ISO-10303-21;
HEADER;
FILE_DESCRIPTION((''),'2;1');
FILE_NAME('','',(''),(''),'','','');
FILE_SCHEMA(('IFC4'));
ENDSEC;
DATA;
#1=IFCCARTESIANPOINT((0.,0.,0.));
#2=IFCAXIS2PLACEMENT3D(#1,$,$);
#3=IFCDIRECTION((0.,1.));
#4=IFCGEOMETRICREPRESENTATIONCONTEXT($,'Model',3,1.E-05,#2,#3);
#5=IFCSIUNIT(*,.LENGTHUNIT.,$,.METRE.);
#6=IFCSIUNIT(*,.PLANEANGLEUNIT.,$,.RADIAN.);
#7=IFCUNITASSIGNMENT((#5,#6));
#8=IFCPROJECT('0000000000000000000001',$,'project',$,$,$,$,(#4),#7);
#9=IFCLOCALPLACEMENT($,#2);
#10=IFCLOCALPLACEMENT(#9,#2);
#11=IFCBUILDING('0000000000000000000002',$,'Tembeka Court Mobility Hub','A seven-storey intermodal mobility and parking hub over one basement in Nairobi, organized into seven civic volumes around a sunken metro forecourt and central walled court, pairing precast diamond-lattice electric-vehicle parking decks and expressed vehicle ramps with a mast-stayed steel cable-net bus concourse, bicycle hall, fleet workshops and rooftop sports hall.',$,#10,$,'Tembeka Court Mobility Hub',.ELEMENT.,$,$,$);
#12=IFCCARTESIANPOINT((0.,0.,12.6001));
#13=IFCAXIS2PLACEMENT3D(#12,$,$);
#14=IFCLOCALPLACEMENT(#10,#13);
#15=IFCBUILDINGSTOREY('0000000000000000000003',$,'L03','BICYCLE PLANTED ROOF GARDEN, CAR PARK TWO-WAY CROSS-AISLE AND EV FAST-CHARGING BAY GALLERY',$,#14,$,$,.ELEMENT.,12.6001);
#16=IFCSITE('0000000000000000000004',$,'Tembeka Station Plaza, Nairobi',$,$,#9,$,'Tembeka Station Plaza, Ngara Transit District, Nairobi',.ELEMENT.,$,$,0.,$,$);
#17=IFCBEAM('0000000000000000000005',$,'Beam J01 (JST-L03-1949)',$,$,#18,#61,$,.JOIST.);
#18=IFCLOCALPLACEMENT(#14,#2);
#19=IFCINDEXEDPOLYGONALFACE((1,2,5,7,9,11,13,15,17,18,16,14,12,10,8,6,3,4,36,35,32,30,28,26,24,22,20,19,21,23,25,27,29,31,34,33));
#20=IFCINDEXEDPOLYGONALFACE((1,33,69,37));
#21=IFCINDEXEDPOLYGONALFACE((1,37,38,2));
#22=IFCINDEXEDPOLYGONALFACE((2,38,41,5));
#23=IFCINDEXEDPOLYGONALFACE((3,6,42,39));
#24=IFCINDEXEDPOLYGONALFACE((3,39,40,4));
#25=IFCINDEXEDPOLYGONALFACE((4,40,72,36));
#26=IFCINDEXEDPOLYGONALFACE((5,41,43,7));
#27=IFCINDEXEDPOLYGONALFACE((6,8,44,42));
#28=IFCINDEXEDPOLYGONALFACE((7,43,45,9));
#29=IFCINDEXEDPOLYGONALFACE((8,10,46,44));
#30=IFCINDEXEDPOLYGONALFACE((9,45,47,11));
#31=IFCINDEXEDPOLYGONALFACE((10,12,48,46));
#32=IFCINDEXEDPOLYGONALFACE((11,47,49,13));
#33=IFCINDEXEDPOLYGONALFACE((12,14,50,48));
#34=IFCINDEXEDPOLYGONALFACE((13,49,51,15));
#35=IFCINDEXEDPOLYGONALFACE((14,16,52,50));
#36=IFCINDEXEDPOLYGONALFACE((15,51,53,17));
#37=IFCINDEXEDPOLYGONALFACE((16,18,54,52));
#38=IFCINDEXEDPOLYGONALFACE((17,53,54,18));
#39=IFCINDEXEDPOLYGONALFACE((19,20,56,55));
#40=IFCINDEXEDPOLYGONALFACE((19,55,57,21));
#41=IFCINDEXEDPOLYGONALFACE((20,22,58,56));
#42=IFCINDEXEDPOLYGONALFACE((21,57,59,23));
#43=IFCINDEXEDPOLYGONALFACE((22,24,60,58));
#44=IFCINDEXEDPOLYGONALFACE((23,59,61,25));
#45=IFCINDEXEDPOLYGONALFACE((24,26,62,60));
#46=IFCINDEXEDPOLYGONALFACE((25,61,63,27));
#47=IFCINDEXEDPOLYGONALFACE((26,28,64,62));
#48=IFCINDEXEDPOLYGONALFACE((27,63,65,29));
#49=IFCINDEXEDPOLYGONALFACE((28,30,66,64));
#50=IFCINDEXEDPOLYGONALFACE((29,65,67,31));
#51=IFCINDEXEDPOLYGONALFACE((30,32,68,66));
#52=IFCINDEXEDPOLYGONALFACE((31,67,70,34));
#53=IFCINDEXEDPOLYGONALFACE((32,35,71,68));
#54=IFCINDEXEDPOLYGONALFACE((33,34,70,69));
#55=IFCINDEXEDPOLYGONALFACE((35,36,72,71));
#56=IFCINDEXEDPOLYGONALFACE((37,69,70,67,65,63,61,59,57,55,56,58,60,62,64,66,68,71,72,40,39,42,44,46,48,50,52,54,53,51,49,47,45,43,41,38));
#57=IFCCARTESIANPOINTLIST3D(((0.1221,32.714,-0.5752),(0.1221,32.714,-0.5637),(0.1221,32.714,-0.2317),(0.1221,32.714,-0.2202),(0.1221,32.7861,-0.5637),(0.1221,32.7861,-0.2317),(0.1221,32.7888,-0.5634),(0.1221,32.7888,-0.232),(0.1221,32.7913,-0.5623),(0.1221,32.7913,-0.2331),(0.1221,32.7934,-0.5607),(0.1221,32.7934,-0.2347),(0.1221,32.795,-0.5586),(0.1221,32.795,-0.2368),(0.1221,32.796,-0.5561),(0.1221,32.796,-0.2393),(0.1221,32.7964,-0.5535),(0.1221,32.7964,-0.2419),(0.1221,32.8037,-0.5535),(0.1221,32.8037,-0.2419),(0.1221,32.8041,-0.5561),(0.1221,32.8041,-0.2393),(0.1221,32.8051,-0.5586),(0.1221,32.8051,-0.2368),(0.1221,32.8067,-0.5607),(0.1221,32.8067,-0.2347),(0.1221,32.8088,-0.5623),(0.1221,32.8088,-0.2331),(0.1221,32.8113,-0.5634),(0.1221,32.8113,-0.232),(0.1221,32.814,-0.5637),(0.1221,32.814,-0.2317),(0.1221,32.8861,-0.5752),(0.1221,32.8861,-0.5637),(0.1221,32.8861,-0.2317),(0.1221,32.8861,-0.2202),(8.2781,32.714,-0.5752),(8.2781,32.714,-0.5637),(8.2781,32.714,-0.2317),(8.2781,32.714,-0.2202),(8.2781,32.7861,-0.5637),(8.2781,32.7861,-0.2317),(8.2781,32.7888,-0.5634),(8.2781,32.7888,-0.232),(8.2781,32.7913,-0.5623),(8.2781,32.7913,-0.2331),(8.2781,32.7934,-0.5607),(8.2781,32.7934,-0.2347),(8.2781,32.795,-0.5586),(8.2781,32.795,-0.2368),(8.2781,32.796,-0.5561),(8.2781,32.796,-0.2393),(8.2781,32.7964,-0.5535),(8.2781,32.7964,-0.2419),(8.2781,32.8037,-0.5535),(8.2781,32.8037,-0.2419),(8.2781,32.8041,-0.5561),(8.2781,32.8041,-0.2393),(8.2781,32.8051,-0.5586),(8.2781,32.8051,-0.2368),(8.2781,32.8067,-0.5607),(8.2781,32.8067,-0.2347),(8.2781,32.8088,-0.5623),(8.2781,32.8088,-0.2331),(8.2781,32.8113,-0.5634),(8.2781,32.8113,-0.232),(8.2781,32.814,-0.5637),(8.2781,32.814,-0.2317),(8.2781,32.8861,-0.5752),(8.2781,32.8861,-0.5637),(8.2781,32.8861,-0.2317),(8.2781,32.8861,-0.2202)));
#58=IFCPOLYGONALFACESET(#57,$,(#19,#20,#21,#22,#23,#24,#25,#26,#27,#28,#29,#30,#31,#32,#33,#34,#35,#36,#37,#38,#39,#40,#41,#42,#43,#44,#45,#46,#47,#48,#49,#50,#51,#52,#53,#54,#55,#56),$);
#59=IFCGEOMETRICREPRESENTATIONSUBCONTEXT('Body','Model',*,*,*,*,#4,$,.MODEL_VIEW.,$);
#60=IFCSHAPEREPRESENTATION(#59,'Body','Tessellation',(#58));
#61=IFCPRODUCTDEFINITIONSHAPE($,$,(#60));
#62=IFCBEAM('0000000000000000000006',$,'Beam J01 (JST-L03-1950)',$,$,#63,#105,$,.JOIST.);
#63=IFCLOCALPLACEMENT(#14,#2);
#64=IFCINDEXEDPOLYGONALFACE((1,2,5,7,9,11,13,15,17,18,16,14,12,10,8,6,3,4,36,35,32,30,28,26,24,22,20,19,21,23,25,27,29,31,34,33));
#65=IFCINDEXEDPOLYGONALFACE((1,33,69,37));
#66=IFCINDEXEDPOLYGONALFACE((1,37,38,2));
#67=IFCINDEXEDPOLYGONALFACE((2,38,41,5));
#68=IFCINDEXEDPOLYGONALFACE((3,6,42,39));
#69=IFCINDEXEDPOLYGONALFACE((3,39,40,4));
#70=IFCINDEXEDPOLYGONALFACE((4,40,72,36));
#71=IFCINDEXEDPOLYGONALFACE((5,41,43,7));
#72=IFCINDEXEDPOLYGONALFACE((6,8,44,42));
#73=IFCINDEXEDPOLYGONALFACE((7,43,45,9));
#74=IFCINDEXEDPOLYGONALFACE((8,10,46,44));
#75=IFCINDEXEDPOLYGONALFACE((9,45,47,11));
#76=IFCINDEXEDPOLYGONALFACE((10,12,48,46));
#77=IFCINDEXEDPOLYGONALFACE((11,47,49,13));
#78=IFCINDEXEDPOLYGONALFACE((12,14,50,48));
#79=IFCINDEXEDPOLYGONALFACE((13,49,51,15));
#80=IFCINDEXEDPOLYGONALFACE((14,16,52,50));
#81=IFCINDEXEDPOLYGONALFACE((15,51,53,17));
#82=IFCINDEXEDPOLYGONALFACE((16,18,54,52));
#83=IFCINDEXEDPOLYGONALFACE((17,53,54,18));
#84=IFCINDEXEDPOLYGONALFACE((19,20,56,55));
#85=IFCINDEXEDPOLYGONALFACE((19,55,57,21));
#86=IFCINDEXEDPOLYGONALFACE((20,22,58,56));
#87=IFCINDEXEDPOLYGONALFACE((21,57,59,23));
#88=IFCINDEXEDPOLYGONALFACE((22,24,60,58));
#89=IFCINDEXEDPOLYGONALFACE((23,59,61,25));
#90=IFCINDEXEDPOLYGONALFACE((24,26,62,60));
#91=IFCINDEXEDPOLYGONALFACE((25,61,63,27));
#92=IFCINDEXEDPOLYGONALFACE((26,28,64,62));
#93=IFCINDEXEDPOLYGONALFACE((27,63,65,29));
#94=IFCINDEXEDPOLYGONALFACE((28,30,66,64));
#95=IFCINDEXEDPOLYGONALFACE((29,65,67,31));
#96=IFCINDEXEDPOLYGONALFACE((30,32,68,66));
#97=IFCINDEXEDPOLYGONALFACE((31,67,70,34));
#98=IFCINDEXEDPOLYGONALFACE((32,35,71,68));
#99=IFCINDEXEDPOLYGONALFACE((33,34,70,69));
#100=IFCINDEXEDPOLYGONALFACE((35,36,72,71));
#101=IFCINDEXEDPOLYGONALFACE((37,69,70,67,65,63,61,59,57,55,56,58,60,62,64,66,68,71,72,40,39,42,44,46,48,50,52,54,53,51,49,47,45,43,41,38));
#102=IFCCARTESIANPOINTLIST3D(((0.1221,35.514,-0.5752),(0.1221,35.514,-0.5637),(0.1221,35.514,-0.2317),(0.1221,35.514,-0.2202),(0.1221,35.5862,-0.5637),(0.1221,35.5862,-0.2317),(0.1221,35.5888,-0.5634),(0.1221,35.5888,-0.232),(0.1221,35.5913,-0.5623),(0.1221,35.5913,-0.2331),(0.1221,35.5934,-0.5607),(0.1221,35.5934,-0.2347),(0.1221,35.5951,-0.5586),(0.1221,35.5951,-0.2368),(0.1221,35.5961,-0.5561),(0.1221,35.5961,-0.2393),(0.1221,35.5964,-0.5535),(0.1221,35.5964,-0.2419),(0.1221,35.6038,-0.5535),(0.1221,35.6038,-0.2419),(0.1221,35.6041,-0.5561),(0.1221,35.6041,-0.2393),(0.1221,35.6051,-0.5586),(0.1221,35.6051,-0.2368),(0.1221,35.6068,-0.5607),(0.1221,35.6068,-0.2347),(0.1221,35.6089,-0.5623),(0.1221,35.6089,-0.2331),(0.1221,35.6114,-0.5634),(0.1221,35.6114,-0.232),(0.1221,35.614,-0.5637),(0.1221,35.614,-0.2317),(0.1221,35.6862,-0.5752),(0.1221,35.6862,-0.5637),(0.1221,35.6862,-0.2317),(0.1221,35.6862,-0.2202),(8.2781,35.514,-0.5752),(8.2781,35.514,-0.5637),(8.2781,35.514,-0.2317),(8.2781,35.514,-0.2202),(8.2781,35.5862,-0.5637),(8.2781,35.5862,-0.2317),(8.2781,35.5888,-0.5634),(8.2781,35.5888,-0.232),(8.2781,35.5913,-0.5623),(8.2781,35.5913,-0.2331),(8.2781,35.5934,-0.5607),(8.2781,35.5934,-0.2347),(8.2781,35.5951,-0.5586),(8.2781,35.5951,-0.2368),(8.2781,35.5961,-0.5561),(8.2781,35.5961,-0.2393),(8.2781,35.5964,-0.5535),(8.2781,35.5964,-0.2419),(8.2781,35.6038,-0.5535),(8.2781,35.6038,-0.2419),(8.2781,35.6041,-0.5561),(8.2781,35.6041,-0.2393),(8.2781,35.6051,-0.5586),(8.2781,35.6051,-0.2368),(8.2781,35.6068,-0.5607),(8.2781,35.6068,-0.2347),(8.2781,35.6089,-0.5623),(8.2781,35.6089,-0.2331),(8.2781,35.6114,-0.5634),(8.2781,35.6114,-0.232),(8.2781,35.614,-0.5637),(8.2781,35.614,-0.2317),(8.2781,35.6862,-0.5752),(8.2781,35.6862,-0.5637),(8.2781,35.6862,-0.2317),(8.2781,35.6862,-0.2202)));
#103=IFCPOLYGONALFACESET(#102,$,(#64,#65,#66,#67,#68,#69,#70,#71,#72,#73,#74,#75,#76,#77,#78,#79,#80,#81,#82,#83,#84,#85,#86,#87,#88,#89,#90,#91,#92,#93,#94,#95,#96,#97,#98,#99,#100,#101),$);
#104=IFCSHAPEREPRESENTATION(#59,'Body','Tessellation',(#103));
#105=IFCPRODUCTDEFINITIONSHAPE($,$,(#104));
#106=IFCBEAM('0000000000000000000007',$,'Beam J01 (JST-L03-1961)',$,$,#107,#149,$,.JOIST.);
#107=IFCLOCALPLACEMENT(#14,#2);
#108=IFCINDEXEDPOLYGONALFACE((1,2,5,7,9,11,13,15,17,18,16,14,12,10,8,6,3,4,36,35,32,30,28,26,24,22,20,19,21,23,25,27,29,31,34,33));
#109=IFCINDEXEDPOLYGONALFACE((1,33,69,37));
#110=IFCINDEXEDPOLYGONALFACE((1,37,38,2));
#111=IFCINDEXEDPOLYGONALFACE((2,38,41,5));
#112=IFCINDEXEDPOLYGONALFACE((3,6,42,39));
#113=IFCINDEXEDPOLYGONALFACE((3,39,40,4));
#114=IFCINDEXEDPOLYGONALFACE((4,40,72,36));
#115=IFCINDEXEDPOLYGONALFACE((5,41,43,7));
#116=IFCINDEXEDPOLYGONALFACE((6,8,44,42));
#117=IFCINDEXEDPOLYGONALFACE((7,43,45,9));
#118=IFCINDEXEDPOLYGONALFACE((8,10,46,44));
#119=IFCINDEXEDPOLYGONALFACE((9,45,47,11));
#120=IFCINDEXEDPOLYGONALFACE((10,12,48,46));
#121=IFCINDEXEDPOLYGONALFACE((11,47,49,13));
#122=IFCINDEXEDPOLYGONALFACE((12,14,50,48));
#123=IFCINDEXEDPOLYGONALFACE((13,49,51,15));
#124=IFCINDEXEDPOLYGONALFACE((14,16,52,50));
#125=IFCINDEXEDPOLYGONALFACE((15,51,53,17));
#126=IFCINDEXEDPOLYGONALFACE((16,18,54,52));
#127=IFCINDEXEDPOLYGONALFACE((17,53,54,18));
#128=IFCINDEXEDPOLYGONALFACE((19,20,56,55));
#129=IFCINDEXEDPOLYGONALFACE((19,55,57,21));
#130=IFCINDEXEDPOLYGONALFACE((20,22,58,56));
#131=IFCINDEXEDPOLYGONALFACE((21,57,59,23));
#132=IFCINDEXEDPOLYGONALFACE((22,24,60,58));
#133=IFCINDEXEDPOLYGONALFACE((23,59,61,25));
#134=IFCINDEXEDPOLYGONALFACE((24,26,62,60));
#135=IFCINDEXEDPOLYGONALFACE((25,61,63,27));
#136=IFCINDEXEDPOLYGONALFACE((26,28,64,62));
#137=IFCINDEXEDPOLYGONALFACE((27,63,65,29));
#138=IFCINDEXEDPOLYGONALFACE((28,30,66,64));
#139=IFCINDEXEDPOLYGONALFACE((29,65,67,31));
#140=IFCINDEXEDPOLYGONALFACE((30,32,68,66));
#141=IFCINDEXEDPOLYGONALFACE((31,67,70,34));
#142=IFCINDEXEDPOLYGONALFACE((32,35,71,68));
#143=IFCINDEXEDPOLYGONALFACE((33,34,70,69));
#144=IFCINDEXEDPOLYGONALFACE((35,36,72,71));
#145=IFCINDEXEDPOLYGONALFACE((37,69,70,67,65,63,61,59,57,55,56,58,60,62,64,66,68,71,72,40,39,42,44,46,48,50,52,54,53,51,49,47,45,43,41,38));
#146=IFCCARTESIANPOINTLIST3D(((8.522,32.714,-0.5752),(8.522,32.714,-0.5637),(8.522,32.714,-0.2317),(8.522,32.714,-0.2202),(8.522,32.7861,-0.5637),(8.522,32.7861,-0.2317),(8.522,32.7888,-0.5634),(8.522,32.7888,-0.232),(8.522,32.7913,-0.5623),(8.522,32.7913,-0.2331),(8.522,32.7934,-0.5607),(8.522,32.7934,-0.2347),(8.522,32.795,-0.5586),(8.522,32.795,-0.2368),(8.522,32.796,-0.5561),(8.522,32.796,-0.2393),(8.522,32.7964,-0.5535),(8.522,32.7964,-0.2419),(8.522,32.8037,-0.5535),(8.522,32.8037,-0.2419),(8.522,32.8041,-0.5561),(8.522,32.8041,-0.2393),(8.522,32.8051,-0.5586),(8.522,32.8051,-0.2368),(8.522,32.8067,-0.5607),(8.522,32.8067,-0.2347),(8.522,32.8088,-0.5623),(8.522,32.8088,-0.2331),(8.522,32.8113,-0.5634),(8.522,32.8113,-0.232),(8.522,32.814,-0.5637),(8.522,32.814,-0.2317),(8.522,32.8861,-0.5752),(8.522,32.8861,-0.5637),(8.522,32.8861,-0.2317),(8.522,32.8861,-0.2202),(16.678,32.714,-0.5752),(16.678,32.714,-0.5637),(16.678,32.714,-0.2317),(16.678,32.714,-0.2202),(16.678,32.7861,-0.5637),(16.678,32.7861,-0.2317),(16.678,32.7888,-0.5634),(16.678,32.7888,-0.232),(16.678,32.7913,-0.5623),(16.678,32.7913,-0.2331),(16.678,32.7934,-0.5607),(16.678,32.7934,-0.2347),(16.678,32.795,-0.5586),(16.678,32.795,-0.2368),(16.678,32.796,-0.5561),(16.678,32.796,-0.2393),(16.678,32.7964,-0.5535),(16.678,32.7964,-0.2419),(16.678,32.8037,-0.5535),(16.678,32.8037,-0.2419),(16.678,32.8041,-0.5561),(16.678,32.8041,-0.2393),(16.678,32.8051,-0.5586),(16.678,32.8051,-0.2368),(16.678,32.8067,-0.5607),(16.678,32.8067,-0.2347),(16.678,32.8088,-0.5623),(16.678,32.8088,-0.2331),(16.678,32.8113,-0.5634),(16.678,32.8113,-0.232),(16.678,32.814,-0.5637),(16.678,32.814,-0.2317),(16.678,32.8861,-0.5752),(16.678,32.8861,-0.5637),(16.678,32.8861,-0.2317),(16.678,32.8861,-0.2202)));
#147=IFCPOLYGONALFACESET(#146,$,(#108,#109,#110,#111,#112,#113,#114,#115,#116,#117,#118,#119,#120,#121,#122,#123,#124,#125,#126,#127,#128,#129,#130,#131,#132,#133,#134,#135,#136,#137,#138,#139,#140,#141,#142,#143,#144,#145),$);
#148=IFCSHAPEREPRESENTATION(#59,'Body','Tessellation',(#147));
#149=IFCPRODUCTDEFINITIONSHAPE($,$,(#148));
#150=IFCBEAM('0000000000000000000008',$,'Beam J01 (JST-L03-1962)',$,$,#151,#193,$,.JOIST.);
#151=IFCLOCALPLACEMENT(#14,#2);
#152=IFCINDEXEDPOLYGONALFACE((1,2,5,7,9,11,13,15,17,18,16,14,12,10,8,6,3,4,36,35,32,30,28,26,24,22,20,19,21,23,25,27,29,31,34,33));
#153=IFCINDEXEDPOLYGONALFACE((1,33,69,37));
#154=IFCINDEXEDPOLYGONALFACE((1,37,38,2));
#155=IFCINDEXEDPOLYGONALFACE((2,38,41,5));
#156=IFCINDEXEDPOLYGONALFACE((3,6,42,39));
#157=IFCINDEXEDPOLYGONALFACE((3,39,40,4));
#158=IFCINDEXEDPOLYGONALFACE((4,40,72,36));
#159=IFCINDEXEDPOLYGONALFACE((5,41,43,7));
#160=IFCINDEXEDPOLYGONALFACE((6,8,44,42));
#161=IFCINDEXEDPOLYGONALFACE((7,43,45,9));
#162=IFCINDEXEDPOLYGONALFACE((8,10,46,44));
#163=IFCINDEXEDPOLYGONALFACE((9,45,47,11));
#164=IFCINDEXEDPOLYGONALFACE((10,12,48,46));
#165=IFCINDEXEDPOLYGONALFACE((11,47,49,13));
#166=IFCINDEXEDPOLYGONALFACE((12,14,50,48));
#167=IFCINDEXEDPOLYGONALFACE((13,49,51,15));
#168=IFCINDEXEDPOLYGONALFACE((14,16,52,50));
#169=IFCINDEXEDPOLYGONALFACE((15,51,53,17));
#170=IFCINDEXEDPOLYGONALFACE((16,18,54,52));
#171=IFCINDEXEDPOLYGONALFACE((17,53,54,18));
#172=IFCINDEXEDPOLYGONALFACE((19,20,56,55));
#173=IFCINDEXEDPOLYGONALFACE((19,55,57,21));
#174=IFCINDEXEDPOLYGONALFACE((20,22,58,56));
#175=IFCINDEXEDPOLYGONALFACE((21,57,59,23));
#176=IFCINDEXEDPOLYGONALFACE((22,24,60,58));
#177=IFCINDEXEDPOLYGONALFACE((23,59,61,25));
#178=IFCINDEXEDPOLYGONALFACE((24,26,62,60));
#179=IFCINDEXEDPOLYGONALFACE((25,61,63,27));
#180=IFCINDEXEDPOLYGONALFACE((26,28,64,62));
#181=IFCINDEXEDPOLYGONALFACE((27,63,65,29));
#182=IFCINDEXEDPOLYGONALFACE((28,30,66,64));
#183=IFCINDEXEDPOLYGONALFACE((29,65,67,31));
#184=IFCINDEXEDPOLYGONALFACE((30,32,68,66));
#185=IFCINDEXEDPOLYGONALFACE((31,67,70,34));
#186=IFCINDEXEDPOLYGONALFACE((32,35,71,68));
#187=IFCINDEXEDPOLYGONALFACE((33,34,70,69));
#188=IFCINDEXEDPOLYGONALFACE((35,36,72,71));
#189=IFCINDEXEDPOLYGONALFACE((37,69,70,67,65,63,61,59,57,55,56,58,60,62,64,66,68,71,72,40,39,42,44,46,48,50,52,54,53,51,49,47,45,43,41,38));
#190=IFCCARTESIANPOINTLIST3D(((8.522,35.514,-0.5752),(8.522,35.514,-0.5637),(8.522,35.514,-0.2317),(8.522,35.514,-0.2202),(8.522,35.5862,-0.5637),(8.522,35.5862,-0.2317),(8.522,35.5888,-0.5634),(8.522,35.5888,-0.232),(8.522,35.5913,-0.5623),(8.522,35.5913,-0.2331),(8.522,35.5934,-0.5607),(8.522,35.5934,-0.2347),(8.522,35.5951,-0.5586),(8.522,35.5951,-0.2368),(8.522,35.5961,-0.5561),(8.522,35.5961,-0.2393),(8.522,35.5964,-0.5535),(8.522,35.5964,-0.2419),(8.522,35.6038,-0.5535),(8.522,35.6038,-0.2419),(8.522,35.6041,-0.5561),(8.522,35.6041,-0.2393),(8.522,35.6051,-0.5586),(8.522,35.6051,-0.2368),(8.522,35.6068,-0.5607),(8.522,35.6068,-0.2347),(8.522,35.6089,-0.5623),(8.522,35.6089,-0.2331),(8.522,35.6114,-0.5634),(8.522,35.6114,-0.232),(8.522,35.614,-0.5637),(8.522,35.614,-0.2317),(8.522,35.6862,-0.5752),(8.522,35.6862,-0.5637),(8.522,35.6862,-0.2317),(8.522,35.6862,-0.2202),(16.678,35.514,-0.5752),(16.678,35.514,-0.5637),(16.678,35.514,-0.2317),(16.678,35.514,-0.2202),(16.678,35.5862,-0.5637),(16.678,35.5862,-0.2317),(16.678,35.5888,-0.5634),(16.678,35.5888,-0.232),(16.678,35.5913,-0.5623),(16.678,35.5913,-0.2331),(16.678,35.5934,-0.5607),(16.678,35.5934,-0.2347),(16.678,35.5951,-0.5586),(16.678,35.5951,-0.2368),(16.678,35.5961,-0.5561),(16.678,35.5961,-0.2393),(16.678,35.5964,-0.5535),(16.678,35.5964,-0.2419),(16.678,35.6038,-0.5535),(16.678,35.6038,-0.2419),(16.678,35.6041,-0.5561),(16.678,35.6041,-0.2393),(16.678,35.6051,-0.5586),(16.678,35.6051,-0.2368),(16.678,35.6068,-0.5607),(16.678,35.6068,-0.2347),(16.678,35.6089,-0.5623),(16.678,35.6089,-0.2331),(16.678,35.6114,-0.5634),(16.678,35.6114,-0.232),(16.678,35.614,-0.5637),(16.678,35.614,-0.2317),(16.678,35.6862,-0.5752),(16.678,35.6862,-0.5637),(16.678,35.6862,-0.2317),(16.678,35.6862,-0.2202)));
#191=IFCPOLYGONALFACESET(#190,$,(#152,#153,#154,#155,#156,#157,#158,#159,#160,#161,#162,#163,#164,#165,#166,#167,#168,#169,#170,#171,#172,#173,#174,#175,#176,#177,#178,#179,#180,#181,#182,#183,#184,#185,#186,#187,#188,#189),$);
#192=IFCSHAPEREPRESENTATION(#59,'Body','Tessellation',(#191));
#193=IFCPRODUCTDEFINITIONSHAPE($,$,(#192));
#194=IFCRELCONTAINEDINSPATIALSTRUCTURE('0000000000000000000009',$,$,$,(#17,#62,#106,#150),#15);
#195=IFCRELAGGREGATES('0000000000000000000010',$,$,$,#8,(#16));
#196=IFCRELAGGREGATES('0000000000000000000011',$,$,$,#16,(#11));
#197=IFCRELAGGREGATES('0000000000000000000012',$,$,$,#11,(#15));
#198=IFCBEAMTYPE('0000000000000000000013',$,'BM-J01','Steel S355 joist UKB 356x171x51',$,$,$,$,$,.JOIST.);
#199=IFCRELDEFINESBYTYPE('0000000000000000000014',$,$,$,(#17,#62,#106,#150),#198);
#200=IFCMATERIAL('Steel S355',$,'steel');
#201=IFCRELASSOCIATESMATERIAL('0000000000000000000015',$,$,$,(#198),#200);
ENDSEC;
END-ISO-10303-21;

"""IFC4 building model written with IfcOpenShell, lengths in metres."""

from ifc_helpers import new_model, si_unit, direction, frame, origin, origin_2d, place, context, subcontext, project, spatial, i_section, extrude, material, material_profile, profile_set, type_object, element, save


model = new_model("IFC4")

# Units and contexts
model_context = context("Model", 3, precision=1e-05, world=origin(), true_north=direction((0.0, 1.0)))
body_context = subcontext(model_context, "Body", "Model", "MODEL_VIEW")
ifc_project = project(units=[si_unit("LENGTHUNIT", "METRE"), si_unit("PLANEANGLEUNIT", "RADIAN")], contexts=[model_context])

# Site, building, storey
site_placement = place(None, origin())
site = spatial("IfcSite", under=ifc_project, at=site_placement, Name="Tembeka Station Plaza, Nairobi", LongName="Tembeka Station Plaza, Ngara Transit District, Nairobi", CompositionType="ELEMENT", RefElevation=0.0)
building_placement = place(site_placement, origin())
building = spatial("IfcBuilding", under=site, at=building_placement, Name="Tembeka Court Mobility Hub", Description="A seven-storey intermodal mobility and parking hub over one basement in Nairobi, organized into seven civic volumes around a sunken metro forecourt and central walled court, pairing precast diamond-lattice electric-vehicle parking decks and expressed vehicle ramps with a mast-stayed steel cable-net bus concourse, bicycle hall, fleet workshops and rooftop sports hall.", LongName="Tembeka Court Mobility Hub", CompositionType="ELEMENT")
storey_placement = place(building_placement, frame((0.0, 0.0, 12.6001)))
storey = spatial("IfcBuildingStorey", under=building, at=storey_placement, Name="L03", Description="BICYCLE PLANTED ROOF GARDEN, CAR PARK TWO-WAY CROSS-AISLE AND EV FAST-CHARGING BAY GALLERY", CompositionType="ELEMENT", Elevation=12.6001)

# Shared definitions
ifc_material_1 = material(Name="Steel S355", Category="steel")

# Beams
ifc_material_profile_1 = material_profile(ifc_material_1, i_section(OverallWidth=0.1721, OverallDepth=0.355, WebThickness=0.0073, FlangeThickness=0.0115, FilletRadius=0.0103, at=origin_2d()), Name="UKB 356x171x51")
ifc_profile_set_1 = profile_set([ifc_material_profile_1], Name="Steel S355")
beam_type_1 = type_object("IfcBeamType", Name="BM-J01", Description="Steel S355 joist UKB 356x171x51", PredefinedType="JOIST", material=ifc_profile_set_1)
for number, where, z_axis, x_axis, name in (
    (1, (0.1221, 32.8, -0.3977), (1.0, 0.0, 0.0), (0.0, 1.0, 0.0), "Beam J01 (JST-L03-1949)"),
    (2, (0.1221, 35.6001, -0.3977), (1.0, 0.0, 0.0), (0.0, 1.0, 0.0), "Beam J01 (JST-L03-1950)"),
    (3, (8.522, 32.8, -0.3977), (1.0, 0.0, 0.0), (0.0, 1.0, 0.0), "Beam J01 (JST-L03-1961)"),
    (4, (8.522, 35.6001, -0.3977), (1.0, 0.0, 0.0), (0.0, 1.0, 0.0), "Beam J01 (JST-L03-1962)"),
):
    element("IfcBeam", number, at=place(storey_placement, frame(where, z_axis=z_axis, x_axis=x_axis)), inside=storey, type_object=beam_type_1, Name=name, PredefinedType="JOIST", context=body_context, shape_type="SweptSolid", body=[
        extrude(i_section(OverallWidth=0.1721, OverallDepth=0.355, WebThickness=0.0073, FlangeThickness=0.0115, FilletRadius=0.0103, at=origin_2d()), origin(), (0.0, 0.0, 1.0), 8.156),
    ])

save(model, "model.ifc")
